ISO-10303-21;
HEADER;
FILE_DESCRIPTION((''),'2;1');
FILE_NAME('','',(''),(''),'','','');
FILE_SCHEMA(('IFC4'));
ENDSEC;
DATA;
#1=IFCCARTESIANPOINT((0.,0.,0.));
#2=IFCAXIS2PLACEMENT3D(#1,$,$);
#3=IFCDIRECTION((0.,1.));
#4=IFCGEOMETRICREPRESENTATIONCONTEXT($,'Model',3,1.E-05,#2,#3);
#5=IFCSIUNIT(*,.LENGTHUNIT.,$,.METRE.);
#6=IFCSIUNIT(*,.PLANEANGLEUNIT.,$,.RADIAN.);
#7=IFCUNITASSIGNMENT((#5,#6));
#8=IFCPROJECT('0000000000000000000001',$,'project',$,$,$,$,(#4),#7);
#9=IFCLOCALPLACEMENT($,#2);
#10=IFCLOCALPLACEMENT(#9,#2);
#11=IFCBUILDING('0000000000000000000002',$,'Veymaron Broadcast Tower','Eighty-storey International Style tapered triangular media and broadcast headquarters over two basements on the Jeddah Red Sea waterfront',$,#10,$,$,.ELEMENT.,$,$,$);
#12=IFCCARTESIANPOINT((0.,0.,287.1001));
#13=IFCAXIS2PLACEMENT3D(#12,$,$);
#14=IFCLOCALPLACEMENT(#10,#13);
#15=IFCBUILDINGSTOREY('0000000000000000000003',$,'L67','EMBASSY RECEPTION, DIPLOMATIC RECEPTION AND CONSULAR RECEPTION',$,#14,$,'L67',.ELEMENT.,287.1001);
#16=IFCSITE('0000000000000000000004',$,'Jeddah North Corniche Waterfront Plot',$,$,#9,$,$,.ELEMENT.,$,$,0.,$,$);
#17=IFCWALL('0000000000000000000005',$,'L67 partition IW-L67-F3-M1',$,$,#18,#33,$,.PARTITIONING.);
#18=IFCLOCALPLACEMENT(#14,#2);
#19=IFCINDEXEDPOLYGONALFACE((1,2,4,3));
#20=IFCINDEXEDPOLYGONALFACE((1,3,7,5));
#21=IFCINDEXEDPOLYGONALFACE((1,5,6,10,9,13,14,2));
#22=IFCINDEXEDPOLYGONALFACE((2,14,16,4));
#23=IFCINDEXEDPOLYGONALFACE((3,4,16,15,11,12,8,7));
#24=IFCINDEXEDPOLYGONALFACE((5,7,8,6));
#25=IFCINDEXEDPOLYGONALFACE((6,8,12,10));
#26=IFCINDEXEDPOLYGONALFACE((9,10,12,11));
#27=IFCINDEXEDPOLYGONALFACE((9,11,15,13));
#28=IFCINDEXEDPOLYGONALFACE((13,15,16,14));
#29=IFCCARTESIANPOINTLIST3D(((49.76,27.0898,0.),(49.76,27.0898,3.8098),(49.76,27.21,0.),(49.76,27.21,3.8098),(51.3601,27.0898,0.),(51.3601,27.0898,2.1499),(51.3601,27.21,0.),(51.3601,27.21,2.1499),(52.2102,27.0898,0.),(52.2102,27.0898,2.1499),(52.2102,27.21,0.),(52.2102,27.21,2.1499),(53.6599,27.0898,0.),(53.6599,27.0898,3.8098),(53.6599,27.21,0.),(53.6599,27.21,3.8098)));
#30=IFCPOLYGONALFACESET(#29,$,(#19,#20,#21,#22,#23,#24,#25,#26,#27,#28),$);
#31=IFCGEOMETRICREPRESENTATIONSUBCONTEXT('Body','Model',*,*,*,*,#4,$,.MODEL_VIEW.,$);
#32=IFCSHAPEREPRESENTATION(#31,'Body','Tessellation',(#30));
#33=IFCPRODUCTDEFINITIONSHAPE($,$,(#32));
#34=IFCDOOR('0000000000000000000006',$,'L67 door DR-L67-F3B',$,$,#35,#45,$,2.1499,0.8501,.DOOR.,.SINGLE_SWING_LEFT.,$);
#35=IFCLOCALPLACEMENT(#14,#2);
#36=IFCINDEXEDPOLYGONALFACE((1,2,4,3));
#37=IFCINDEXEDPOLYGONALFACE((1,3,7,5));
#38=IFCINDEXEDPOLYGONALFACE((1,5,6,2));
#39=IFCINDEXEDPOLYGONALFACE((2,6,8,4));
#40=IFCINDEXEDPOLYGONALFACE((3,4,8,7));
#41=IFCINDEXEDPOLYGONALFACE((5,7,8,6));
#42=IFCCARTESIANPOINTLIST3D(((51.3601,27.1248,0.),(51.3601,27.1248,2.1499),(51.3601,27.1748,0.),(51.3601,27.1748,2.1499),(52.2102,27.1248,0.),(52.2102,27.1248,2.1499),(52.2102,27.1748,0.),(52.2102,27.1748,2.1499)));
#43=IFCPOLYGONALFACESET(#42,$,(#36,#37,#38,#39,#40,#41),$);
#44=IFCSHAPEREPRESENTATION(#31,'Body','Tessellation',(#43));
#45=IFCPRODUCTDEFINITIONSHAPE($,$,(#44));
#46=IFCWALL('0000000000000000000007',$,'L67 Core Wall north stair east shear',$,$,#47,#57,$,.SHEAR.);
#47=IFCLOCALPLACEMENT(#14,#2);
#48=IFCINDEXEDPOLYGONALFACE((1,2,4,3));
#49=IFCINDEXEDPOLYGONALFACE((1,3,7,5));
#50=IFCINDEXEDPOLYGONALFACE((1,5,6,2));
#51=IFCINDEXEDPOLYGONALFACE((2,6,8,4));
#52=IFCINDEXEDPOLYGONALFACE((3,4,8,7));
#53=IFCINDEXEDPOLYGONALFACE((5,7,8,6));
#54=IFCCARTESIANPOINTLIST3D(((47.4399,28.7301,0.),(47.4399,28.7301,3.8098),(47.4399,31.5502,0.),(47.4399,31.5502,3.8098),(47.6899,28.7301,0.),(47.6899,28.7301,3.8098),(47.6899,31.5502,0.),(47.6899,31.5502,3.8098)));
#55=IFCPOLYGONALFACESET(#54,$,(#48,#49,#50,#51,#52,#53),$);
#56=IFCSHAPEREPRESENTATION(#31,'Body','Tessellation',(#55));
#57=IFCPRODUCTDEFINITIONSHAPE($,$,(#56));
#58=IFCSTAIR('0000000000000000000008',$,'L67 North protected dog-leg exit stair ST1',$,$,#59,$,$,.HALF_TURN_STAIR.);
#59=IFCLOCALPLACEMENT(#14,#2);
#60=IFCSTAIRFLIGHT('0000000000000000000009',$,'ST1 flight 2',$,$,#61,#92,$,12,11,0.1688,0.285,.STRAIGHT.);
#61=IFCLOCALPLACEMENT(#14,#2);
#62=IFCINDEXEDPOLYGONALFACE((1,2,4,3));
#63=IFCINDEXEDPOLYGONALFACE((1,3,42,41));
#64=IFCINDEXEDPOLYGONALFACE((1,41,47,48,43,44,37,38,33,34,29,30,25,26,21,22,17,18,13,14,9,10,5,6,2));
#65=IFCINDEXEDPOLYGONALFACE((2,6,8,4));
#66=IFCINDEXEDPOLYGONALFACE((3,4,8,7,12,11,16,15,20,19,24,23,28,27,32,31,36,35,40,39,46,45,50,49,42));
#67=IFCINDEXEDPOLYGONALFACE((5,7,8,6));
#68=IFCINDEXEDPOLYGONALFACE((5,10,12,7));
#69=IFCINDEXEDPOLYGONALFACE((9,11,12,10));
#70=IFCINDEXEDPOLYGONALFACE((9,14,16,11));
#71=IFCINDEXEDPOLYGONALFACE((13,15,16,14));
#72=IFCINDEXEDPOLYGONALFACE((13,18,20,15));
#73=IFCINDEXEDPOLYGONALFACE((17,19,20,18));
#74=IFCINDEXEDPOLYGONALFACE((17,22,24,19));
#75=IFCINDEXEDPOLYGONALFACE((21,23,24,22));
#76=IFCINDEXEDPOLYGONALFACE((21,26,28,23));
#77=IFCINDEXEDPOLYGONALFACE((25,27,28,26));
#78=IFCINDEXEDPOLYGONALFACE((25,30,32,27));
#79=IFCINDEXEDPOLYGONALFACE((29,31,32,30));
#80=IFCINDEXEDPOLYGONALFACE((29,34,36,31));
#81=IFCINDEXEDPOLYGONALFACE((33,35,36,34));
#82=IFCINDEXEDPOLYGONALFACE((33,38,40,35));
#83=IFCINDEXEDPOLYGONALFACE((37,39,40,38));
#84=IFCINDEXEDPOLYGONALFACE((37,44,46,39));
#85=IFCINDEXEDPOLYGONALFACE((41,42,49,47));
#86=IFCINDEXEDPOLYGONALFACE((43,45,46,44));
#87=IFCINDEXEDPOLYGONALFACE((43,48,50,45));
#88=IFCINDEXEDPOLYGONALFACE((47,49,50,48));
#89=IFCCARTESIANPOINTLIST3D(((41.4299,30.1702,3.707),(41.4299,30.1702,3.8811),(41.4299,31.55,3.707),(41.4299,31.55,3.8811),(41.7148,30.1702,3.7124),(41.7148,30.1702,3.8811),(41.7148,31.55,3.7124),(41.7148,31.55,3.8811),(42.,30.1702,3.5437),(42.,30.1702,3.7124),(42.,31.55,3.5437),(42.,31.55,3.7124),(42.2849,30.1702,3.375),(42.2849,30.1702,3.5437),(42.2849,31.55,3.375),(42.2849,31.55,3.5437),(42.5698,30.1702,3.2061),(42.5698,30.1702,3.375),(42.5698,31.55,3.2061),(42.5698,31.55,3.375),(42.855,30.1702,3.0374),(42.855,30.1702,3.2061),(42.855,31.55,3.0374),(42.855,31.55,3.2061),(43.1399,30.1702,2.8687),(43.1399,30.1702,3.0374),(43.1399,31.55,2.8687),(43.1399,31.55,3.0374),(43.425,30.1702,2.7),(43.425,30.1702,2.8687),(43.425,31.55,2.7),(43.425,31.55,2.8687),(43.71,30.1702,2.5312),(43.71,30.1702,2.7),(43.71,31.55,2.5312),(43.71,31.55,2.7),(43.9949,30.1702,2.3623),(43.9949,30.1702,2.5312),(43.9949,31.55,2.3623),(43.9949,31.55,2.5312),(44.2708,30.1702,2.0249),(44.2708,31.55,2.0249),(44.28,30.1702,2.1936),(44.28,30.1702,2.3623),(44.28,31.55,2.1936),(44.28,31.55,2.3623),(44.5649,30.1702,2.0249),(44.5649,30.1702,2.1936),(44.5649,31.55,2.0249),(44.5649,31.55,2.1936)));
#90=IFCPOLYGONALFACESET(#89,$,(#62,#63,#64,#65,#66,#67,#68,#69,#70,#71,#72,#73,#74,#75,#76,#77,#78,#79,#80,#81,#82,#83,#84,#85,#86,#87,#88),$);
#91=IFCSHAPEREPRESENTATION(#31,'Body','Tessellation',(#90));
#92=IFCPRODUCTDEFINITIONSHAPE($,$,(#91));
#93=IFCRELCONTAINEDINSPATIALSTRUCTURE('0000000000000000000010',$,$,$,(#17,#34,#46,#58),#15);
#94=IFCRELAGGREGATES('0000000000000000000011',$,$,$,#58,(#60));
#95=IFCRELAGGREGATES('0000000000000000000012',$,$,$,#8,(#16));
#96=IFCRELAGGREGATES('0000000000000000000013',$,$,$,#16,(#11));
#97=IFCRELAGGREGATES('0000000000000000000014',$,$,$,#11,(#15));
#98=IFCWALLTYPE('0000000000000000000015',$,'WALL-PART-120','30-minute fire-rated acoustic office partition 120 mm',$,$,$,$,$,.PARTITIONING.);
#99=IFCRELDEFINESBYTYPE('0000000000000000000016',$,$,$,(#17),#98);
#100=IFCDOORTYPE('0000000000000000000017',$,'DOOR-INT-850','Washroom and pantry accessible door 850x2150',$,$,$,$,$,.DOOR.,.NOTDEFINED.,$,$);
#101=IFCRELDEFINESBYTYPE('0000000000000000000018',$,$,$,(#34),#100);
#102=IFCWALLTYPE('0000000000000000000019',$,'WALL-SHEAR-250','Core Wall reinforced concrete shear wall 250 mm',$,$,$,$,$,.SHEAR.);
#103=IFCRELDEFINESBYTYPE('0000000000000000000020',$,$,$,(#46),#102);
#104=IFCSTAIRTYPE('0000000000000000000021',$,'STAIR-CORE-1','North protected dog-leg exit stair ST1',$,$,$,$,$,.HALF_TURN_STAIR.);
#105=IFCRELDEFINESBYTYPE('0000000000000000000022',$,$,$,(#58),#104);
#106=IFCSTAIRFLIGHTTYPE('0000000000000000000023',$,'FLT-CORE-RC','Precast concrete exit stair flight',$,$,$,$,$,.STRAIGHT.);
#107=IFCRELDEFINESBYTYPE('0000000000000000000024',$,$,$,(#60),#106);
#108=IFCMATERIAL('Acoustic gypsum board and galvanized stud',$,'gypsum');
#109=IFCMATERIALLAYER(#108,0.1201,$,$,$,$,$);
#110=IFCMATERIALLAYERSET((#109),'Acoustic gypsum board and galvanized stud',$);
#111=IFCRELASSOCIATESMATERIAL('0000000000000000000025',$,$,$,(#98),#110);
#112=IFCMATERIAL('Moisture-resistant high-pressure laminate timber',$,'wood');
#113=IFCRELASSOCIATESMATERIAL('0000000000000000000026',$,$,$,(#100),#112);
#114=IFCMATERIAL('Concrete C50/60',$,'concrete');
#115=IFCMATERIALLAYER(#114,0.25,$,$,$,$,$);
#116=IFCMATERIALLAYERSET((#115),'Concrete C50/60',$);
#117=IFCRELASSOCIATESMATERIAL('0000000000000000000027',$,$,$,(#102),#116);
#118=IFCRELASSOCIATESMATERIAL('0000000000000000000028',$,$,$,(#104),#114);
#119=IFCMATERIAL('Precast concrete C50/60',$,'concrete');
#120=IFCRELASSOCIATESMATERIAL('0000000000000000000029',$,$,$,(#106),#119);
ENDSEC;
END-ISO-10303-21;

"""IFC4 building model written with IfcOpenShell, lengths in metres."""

from ifc_helpers import new_model, si_unit, direction, frame, frame_2d, origin, place, context, subcontext, project, spatial, polyline, rectangle, outline, extrude, material, layer, layer_set, type_object, element, fill, aggregate, save


model = new_model("IFC4")

# Units and contexts
model_context = context("Model", 3, precision=1e-05, world=origin(), true_north=direction((0.0, 1.0)))
body_context = subcontext(model_context, "Body", "Model", "MODEL_VIEW")
ifc_project = project(units=[si_unit("LENGTHUNIT", "METRE"), si_unit("PLANEANGLEUNIT", "RADIAN")], contexts=[model_context])

# Site, building, storey
site_placement = place(None, origin())
site = spatial("IfcSite", under=ifc_project, at=site_placement, Name="Jeddah North Corniche Waterfront Plot", CompositionType="ELEMENT", RefElevation=0.0)
building_placement = place(site_placement, origin())
building = spatial("IfcBuilding", under=site, at=building_placement, Name="Veymaron Broadcast Tower", Description="Eighty-storey International Style tapered triangular media and broadcast headquarters over two basements on the Jeddah Red Sea waterfront", CompositionType="ELEMENT")
storey_placement = place(building_placement, frame((0.0, 0.0, 287.1001)))
storey = spatial("IfcBuildingStorey", under=building, at=storey_placement, Name="L67", Description="EMBASSY RECEPTION, DIPLOMATIC RECEPTION AND CONSULAR RECEPTION", LongName="L67", CompositionType="ELEMENT", Elevation=287.1001)

# Wall, opening, door
ifc_material_1 = material(Name="Acoustic gypsum board and galvanized stud", Category="gypsum")
ifc_layer_1 = layer(ifc_material_1, 0.1201)
ifc_layer_set_1 = layer_set([ifc_layer_1], Name="Acoustic gypsum board and galvanized stud")
wall_type_1 = type_object("IfcWallType", Name="WALL-PART-120", Description="30-minute fire-rated acoustic office partition 120 mm", PredefinedType="PARTITIONING", material=ifc_layer_set_1)
wall_1_placement = place(storey_placement, frame((49.76, 27.1499, 0.0), z_axis=(0.0, 0.0, 1.0), x_axis=(1.0, 0.0, 0.0)))
wall_1 = element("IfcWall", 1, at=wall_1_placement, inside=storey, type_object=wall_type_1, Name="L67 partition IW-L67-F3-M1", PredefinedType="PARTITIONING", context=body_context, shape_type="SweptSolid", body=[
    extrude(rectangle(XDim=3.8999, YDim=0.1201, at=frame_2d((1.95, 0.0))), origin(), (0.0, 0.0, 1.0), 3.8098),
])
opening_1_placement = place(wall_1_placement, frame((1.6001, 0.0, 0.0)))
opening_1 = element("IfcOpeningElement", 2, at=opening_1_placement, cuts=wall_1, PredefinedType="OPENING", context=body_context, shape_type="SweptSolid", body=[
    extrude(rectangle(XDim=0.8501, YDim=2.1499, at=frame_2d((0.425, 1.075))), frame((0.0, 0.0701, 0.0), z_axis=(0.0, -1.0, 0.0), x_axis=(1.0, 0.0, 0.0)), (0.0, 0.0, 1.0), 0.1401),
])
ifc_material_2 = material(Name="Moisture-resistant high-pressure laminate timber", Category="wood")
door_type_1 = type_object("IfcDoorType", Name="DOOR-INT-850", Description="Washroom and pantry accessible door 850x2150", OperationType="NOTDEFINED", PredefinedType="DOOR", material=ifc_material_2)
door_1_placement = place(opening_1_placement, origin())
door_1 = element("IfcDoor", 3, at=door_1_placement, inside=storey, type_object=door_type_1, Name="L67 door DR-L67-F3B", OperationType="SINGLE_SWING_LEFT", OverallHeight=2.1499, OverallWidth=0.8501, PredefinedType="DOOR", context=body_context, shape_type="SweptSolid", body=[
    extrude(rectangle(XDim=0.8501, YDim=2.1499, at=frame_2d((0.425, 1.075))), frame((0.0, 0.0249, 0.0), z_axis=(0.0, -1.0, 0.0), x_axis=(1.0, 0.0, 0.0)), (0.0, 0.0, 1.0), 0.05),
])
fill(opening_1, door_1)

# Wall
ifc_material_3 = material(Name="Concrete C50/60", Category="concrete")
ifc_layer_2 = layer(ifc_material_3, 0.25)
ifc_layer_set_2 = layer_set([ifc_layer_2], Name="Concrete C50/60")
wall_type_2 = type_object("IfcWallType", Name="WALL-SHEAR-250", Description="Core Wall reinforced concrete shear wall 250 mm", PredefinedType="SHEAR", material=ifc_layer_set_2)
wall_2_placement = place(storey_placement, frame((47.5649, 28.73, 0.0), z_axis=(0.0, 0.0, 1.0), x_axis=(0.0, 1.0, 0.0)))
element("IfcWall", 4, at=wall_2_placement, inside=storey, type_object=wall_type_2, Name="L67 Core Wall north stair east shear", PredefinedType="SHEAR", context=body_context, shape_type="SweptSolid", body=[
    extrude(rectangle(XDim=2.8201, YDim=0.25, at=frame_2d((1.4102, 0.0))), origin(), (0.0, 0.0, 1.0), 3.8098),
])

# Stair, stair flight
stair_type = type_object("IfcStairType", Name="STAIR-CORE-1", Description="North protected dog-leg exit stair ST1", PredefinedType="HALF_TURN_STAIR", material=ifc_material_3)
stair_placement = place(storey_placement, origin())
stair = element("IfcStair", 5, at=stair_placement, inside=storey, type_object=stair_type, Name="L67 North protected dog-leg exit stair ST1", PredefinedType="HALF_TURN_STAIR")
ifc_material_4 = material(Name="Precast concrete C50/60", Category="concrete")
stair_flight_type = type_object("IfcStairFlightType", Name="FLT-CORE-RC", Description="Precast concrete exit stair flight", PredefinedType="STRAIGHT", material=ifc_material_4)
stair_flight_placement = place(storey_placement, frame((44.5649, 30.8601, 2.0249), z_axis=(0.0, 0.0, 1.0), x_axis=(-1.0, 0.0, 0.0)))
stair_flight = element("IfcStairFlight", 6, at=stair_flight_placement, type_object=stair_flight_type, Name="ST1 flight 2", NumberOfRisers=12, NumberOfTreads=11, PredefinedType="STRAIGHT", RiserHeight=0.1688, TreadLength=0.285, context=body_context, shape_type="SweptSolid", body=[
    extrude(outline(polyline([(0.0, 0.0), (0.0, 0.1687), (0.2849, 0.1687), (0.2849, 0.3374), (0.5701, 0.3374), (0.5701, 0.5063), (0.855, 0.5063), (0.855, 0.675), (1.1399, 0.675), (1.1399, 0.8438), (1.425, 0.8438), (1.425, 1.0125), (1.71, 1.0125), (1.71, 1.1812), (1.9951, 1.1812), (1.9951, 1.3501), (2.28, 1.3501), (2.28, 1.5188), (2.5649, 1.5188), (2.5649, 1.6875), (2.8501, 1.6875), (2.8501, 1.8562), (3.135, 1.8562), (3.135, 2.0249), (3.135, 1.6821), (0.2942, 0.0), (0.0, 0.0)])), frame((0.0, 0.6899, 0.0), z_axis=(0.0, -1.0, 0.0), x_axis=(1.0, 0.0, 0.0)), (0.0, 0.0, 1.0), 1.3799),
])
aggregate(stair, [stair_flight])

save(model, "model.ifc")
